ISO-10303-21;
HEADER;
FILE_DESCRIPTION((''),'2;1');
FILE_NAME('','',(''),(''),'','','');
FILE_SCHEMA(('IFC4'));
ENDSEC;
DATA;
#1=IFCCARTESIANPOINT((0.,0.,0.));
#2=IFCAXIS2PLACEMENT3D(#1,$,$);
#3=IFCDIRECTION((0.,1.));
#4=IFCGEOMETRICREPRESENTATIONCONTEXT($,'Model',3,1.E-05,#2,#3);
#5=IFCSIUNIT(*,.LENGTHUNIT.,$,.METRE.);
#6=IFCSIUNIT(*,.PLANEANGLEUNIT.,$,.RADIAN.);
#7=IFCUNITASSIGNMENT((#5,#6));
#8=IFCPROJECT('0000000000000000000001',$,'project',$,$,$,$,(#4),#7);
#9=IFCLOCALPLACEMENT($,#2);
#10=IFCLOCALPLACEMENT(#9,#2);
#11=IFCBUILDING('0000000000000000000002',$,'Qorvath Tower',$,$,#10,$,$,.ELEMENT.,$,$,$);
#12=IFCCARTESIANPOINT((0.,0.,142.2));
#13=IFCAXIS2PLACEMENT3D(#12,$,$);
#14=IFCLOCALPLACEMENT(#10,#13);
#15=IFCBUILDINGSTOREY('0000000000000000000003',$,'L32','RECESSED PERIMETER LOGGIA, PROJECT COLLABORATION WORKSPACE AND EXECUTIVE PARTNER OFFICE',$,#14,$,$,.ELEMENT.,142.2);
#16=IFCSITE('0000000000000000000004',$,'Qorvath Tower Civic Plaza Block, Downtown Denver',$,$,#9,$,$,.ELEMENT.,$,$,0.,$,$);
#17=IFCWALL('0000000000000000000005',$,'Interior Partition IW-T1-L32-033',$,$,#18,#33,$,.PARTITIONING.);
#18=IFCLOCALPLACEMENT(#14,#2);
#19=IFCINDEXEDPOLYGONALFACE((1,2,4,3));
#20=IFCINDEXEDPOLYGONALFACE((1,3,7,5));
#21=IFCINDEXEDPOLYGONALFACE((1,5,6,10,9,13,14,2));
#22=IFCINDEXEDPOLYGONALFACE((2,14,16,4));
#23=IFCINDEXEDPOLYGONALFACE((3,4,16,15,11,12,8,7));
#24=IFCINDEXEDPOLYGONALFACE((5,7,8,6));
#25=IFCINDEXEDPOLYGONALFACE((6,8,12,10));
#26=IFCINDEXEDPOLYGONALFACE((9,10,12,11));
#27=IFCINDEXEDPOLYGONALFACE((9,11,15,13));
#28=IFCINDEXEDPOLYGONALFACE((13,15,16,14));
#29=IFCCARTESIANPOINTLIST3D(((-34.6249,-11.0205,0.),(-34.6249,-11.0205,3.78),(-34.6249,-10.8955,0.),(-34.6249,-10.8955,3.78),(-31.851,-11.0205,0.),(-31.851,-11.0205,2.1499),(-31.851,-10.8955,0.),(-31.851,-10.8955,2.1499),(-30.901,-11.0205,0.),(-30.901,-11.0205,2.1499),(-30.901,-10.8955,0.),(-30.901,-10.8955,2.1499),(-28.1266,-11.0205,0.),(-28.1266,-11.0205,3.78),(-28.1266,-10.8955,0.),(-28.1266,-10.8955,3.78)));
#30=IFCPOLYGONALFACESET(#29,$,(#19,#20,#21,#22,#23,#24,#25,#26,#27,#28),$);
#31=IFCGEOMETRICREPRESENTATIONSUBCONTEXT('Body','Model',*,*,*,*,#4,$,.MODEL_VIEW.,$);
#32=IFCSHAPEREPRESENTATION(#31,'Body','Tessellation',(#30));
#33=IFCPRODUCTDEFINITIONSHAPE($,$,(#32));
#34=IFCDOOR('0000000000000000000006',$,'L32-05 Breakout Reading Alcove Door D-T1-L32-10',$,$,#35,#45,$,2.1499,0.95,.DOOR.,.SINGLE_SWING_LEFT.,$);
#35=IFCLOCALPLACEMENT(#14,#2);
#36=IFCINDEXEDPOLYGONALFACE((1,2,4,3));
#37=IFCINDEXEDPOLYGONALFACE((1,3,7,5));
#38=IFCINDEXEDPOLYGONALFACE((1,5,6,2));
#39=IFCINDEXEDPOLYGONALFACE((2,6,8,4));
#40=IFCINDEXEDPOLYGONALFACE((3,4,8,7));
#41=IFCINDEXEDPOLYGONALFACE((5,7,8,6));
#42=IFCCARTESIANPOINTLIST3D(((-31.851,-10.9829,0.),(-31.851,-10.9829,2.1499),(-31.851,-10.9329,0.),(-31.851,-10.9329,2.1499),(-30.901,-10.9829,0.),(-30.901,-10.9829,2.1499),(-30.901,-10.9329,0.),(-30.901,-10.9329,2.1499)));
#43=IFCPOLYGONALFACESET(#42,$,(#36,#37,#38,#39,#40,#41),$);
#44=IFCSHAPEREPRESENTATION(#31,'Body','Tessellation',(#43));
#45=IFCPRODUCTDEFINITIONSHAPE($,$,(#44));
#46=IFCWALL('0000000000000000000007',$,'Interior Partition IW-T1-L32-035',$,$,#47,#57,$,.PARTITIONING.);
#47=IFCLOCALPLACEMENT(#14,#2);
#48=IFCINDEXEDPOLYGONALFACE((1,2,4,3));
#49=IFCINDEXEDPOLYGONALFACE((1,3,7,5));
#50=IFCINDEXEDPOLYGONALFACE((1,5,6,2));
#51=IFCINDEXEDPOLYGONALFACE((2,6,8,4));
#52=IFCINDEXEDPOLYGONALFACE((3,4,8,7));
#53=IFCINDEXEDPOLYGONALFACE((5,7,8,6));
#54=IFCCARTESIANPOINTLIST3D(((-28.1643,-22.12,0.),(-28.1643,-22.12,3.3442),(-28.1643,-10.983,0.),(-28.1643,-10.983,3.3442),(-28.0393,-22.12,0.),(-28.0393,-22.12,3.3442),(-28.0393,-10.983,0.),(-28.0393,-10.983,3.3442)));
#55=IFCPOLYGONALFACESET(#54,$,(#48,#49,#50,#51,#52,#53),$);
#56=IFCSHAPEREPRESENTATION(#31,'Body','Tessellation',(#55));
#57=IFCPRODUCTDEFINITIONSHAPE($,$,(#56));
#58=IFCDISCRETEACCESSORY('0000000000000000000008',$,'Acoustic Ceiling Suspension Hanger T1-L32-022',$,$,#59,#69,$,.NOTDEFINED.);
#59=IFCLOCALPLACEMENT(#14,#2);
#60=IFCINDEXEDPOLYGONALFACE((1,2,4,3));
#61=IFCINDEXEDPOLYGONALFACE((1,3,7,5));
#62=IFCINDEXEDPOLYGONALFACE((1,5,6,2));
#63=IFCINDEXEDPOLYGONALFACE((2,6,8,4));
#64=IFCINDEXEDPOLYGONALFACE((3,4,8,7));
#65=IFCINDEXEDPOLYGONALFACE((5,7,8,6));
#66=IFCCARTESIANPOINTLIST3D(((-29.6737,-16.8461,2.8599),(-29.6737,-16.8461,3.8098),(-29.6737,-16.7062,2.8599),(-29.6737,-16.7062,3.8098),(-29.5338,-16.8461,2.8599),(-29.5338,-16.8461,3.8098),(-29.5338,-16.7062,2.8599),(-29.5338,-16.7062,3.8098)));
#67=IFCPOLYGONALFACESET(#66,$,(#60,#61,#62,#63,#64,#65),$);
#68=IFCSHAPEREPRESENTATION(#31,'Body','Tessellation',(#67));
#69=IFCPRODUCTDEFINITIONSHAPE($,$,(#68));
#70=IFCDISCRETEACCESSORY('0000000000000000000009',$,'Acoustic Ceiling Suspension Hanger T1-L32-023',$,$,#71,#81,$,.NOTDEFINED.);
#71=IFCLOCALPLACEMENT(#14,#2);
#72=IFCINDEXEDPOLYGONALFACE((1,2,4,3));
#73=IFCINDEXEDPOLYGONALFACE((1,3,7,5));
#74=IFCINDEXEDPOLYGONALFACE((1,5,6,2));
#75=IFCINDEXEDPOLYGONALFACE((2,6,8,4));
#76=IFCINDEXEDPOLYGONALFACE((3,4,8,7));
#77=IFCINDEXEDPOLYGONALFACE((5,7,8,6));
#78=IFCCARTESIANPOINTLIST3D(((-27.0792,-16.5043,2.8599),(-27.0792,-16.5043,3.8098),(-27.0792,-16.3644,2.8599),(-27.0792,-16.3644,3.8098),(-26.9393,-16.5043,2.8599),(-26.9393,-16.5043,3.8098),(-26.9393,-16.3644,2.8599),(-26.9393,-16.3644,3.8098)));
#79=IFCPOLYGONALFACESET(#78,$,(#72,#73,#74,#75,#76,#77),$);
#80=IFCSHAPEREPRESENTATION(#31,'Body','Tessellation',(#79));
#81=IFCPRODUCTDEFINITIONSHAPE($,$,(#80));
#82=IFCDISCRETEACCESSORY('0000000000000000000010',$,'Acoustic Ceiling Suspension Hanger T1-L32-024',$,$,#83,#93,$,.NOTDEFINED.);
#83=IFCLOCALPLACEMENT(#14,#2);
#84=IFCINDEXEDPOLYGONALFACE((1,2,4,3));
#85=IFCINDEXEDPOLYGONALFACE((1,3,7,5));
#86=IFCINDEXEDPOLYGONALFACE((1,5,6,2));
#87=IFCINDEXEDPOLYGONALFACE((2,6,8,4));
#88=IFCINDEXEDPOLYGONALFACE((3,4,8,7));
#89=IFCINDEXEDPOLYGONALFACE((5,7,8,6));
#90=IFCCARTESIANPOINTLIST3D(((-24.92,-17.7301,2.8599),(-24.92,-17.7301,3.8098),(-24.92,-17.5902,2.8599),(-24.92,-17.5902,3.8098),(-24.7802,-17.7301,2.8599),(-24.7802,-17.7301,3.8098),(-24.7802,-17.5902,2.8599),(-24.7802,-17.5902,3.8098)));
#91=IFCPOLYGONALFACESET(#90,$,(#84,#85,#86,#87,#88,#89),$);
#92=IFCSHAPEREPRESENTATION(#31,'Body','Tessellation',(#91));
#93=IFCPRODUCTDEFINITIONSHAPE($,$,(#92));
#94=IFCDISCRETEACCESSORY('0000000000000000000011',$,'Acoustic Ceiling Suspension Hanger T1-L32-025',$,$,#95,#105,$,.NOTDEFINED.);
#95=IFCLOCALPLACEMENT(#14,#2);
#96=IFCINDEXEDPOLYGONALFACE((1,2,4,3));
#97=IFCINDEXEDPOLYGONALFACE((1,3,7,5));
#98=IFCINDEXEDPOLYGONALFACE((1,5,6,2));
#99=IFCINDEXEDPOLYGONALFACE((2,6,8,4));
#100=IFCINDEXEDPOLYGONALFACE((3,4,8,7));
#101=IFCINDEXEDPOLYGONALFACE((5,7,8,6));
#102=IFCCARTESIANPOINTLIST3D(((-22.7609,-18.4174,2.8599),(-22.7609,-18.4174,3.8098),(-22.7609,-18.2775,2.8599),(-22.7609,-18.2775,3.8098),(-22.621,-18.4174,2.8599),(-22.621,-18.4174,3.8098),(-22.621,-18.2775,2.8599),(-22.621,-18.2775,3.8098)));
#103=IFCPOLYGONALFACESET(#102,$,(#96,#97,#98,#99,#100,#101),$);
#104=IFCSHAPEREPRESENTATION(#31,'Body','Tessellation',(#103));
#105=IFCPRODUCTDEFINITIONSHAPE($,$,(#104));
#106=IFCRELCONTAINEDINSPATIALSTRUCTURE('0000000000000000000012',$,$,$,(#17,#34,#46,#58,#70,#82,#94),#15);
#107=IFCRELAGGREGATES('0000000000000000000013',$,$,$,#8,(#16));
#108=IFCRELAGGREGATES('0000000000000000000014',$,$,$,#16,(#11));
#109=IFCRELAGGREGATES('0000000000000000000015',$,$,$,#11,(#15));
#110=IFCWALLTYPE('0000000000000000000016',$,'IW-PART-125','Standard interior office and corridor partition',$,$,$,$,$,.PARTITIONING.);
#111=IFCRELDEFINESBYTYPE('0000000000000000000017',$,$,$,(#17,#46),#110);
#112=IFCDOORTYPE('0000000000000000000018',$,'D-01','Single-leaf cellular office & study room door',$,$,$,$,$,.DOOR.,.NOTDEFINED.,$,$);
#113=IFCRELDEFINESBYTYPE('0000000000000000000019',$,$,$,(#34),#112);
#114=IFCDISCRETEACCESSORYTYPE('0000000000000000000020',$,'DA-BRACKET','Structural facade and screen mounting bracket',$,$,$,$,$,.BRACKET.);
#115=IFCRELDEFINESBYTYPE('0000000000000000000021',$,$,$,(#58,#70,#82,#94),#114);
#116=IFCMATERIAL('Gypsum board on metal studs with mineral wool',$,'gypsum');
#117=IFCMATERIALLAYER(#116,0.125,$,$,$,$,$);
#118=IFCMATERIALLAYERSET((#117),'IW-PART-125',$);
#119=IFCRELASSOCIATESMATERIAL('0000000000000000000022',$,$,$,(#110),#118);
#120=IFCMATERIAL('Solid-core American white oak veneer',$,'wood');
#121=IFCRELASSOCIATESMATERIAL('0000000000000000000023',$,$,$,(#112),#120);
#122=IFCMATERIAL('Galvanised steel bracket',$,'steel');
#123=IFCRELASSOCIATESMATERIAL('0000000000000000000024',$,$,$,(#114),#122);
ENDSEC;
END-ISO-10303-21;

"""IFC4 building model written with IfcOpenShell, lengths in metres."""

from ifc_helpers import new_model, si_unit, direction, frame, frame_2d, origin, origin_2d, place, context, subcontext, project, spatial, rectangle, extrude, material, layer, layer_set, type_object, element, fill, save


model = new_model("IFC4")

# Units and contexts
model_context = context("Model", 3, precision=1e-05, world=origin(), true_north=direction((0.0, 1.0)))
body_context = subcontext(model_context, "Body", "Model", "MODEL_VIEW")
ifc_project = project(units=[si_unit("LENGTHUNIT", "METRE"), si_unit("PLANEANGLEUNIT", "RADIAN")], contexts=[model_context])

# Site, building, storey
site_placement = place(None, origin())
site = spatial("IfcSite", under=ifc_project, at=site_placement, Name="Qorvath Tower Civic Plaza Block, Downtown Denver", CompositionType="ELEMENT", RefElevation=0.0)
building_placement = place(site_placement, origin())
building = spatial("IfcBuilding", under=site, at=building_placement, Name="Qorvath Tower", CompositionType="ELEMENT")
storey_placement = place(building_placement, frame((0.0, 0.0, 142.2)))
storey = spatial("IfcBuildingStorey", under=building, at=storey_placement, Name="L32", Description="RECESSED PERIMETER LOGGIA, PROJECT COLLABORATION WORKSPACE AND EXECUTIVE PARTNER OFFICE", CompositionType="ELEMENT", Elevation=142.2)

# Wall, opening, door
ifc_material_1 = material(Name="Gypsum board on metal studs with mineral wool", Category="gypsum")
ifc_layer_1 = layer(ifc_material_1, 0.125)
ifc_layer_set_1 = layer_set([ifc_layer_1], Name="IW-PART-125")
wall_type_1 = type_object("IfcWallType", Name="IW-PART-125", Description="Standard interior office and corridor partition", PredefinedType="PARTITIONING", material=ifc_layer_set_1)
wall_1_placement = place(storey_placement, frame((-28.1267, -10.958, 0.0), z_axis=(0.0, 0.0, 1.0), x_axis=(-1.0, 0.0, 0.0)))
wall_1 = element("IfcWall", 1, at=wall_1_placement, inside=storey, type_object=wall_type_1, Name="Interior Partition IW-T1-L32-033", PredefinedType="PARTITIONING", context=body_context, shape_type="SweptSolid", body=[
    extrude(rectangle(XDim=6.4983, YDim=0.125, at=frame_2d((3.249, 0.0))), origin(), (0.0, 0.0, 1.0), 3.78),
])
opening_1_placement = place(wall_1_placement, frame((2.7742, 0.0, 0.0)))
opening_1 = element("IfcOpeningElement", 2, at=opening_1_placement, cuts=wall_1, PredefinedType="OPENING", context=body_context, shape_type="SweptSolid", body=[
    extrude(rectangle(XDim=0.95, YDim=2.1499, at=frame_2d((0.4751, 1.075))), frame((0.0, 0.0725, 0.0), z_axis=(0.0, -1.0, 0.0), x_axis=(1.0, 0.0, 0.0)), (0.0, 0.0, 1.0), 0.145),
])
ifc_material_2 = material(Name="Solid-core American white oak veneer", Category="wood")
door_type_1 = type_object("IfcDoorType", Name="D-01", Description="Single-leaf cellular office & study room door", OperationType="NOTDEFINED", PredefinedType="DOOR", material=ifc_material_2)
door_1_placement = place(opening_1_placement, origin())
door_1 = element("IfcDoor", 3, at=door_1_placement, inside=storey, type_object=door_type_1, Name="L32-05 Breakout Reading Alcove Door D-T1-L32-10", OperationType="SINGLE_SWING_LEFT", OverallHeight=2.1499, OverallWidth=0.95, PredefinedType="DOOR", context=body_context, shape_type="SweptSolid", body=[
    extrude(rectangle(XDim=0.95, YDim=2.1499, at=frame_2d((0.4751, 1.075))), frame((0.0, 0.0249, 0.0), z_axis=(0.0, -1.0, 0.0), x_axis=(1.0, 0.0, 0.0)), (0.0, 0.0, 1.0), 0.05),
])
fill(opening_1, door_1)

# Wall
wall_2_placement = place(storey_placement, frame((-28.1018, -22.1199, 0.0), z_axis=(0.0, 0.0, 1.0), x_axis=(0.0, 1.0, 0.0)))
element("IfcWall", 4, at=wall_2_placement, inside=storey, type_object=wall_type_1, Name="Interior Partition IW-T1-L32-035", PredefinedType="PARTITIONING", context=body_context, shape_type="SweptSolid", body=[
    extrude(rectangle(XDim=11.137, YDim=0.125, at=frame_2d((5.5684, 0.0))), origin(), (0.0, 0.0, 1.0), 3.3442),
])

# Discrete accessories
ifc_material_3 = material(Name="Galvanised steel bracket", Category="steel")
discrete_accessory_type = type_object("IfcDiscreteAccessoryType", Name="DA-BRACKET", Description="Structural facade and screen mounting bracket", PredefinedType="BRACKET", material=ifc_material_3)
for number, where, z_axis, x_axis, name in (
    (5, (-29.6038, -16.7761, 2.8599), (0.0, 0.0, 1.0), (1.0, 0.0, 0.0), "Acoustic Ceiling Suspension Hanger T1-L32-022"),
    (6, (-27.0093, -16.4343, 2.8599), (0.0, 0.0, 1.0), (1.0, 0.0, 0.0), "Acoustic Ceiling Suspension Hanger T1-L32-023"),
    (7, (-24.8501, -17.6602, 2.8599), (0.0, 0.0, 1.0), (1.0, 0.0, 0.0), "Acoustic Ceiling Suspension Hanger T1-L32-024"),
    (8, (-22.6909, -18.3474, 2.8599), (0.0, 0.0, 1.0), (1.0, 0.0, 0.0), "Acoustic Ceiling Suspension Hanger T1-L32-025"),
):
    element("IfcDiscreteAccessory", number, at=place(storey_placement, frame(where, z_axis=z_axis, x_axis=x_axis)), inside=storey, type_object=discrete_accessory_type, Name=name, PredefinedType="NOTDEFINED", context=body_context, shape_type="SweptSolid", body=[
        extrude(rectangle(XDim=0.1399, YDim=0.1399, at=origin_2d()), origin(), (0.0, 0.0, 1.0), 0.95),
    ])

save(model, "model.ifc")
